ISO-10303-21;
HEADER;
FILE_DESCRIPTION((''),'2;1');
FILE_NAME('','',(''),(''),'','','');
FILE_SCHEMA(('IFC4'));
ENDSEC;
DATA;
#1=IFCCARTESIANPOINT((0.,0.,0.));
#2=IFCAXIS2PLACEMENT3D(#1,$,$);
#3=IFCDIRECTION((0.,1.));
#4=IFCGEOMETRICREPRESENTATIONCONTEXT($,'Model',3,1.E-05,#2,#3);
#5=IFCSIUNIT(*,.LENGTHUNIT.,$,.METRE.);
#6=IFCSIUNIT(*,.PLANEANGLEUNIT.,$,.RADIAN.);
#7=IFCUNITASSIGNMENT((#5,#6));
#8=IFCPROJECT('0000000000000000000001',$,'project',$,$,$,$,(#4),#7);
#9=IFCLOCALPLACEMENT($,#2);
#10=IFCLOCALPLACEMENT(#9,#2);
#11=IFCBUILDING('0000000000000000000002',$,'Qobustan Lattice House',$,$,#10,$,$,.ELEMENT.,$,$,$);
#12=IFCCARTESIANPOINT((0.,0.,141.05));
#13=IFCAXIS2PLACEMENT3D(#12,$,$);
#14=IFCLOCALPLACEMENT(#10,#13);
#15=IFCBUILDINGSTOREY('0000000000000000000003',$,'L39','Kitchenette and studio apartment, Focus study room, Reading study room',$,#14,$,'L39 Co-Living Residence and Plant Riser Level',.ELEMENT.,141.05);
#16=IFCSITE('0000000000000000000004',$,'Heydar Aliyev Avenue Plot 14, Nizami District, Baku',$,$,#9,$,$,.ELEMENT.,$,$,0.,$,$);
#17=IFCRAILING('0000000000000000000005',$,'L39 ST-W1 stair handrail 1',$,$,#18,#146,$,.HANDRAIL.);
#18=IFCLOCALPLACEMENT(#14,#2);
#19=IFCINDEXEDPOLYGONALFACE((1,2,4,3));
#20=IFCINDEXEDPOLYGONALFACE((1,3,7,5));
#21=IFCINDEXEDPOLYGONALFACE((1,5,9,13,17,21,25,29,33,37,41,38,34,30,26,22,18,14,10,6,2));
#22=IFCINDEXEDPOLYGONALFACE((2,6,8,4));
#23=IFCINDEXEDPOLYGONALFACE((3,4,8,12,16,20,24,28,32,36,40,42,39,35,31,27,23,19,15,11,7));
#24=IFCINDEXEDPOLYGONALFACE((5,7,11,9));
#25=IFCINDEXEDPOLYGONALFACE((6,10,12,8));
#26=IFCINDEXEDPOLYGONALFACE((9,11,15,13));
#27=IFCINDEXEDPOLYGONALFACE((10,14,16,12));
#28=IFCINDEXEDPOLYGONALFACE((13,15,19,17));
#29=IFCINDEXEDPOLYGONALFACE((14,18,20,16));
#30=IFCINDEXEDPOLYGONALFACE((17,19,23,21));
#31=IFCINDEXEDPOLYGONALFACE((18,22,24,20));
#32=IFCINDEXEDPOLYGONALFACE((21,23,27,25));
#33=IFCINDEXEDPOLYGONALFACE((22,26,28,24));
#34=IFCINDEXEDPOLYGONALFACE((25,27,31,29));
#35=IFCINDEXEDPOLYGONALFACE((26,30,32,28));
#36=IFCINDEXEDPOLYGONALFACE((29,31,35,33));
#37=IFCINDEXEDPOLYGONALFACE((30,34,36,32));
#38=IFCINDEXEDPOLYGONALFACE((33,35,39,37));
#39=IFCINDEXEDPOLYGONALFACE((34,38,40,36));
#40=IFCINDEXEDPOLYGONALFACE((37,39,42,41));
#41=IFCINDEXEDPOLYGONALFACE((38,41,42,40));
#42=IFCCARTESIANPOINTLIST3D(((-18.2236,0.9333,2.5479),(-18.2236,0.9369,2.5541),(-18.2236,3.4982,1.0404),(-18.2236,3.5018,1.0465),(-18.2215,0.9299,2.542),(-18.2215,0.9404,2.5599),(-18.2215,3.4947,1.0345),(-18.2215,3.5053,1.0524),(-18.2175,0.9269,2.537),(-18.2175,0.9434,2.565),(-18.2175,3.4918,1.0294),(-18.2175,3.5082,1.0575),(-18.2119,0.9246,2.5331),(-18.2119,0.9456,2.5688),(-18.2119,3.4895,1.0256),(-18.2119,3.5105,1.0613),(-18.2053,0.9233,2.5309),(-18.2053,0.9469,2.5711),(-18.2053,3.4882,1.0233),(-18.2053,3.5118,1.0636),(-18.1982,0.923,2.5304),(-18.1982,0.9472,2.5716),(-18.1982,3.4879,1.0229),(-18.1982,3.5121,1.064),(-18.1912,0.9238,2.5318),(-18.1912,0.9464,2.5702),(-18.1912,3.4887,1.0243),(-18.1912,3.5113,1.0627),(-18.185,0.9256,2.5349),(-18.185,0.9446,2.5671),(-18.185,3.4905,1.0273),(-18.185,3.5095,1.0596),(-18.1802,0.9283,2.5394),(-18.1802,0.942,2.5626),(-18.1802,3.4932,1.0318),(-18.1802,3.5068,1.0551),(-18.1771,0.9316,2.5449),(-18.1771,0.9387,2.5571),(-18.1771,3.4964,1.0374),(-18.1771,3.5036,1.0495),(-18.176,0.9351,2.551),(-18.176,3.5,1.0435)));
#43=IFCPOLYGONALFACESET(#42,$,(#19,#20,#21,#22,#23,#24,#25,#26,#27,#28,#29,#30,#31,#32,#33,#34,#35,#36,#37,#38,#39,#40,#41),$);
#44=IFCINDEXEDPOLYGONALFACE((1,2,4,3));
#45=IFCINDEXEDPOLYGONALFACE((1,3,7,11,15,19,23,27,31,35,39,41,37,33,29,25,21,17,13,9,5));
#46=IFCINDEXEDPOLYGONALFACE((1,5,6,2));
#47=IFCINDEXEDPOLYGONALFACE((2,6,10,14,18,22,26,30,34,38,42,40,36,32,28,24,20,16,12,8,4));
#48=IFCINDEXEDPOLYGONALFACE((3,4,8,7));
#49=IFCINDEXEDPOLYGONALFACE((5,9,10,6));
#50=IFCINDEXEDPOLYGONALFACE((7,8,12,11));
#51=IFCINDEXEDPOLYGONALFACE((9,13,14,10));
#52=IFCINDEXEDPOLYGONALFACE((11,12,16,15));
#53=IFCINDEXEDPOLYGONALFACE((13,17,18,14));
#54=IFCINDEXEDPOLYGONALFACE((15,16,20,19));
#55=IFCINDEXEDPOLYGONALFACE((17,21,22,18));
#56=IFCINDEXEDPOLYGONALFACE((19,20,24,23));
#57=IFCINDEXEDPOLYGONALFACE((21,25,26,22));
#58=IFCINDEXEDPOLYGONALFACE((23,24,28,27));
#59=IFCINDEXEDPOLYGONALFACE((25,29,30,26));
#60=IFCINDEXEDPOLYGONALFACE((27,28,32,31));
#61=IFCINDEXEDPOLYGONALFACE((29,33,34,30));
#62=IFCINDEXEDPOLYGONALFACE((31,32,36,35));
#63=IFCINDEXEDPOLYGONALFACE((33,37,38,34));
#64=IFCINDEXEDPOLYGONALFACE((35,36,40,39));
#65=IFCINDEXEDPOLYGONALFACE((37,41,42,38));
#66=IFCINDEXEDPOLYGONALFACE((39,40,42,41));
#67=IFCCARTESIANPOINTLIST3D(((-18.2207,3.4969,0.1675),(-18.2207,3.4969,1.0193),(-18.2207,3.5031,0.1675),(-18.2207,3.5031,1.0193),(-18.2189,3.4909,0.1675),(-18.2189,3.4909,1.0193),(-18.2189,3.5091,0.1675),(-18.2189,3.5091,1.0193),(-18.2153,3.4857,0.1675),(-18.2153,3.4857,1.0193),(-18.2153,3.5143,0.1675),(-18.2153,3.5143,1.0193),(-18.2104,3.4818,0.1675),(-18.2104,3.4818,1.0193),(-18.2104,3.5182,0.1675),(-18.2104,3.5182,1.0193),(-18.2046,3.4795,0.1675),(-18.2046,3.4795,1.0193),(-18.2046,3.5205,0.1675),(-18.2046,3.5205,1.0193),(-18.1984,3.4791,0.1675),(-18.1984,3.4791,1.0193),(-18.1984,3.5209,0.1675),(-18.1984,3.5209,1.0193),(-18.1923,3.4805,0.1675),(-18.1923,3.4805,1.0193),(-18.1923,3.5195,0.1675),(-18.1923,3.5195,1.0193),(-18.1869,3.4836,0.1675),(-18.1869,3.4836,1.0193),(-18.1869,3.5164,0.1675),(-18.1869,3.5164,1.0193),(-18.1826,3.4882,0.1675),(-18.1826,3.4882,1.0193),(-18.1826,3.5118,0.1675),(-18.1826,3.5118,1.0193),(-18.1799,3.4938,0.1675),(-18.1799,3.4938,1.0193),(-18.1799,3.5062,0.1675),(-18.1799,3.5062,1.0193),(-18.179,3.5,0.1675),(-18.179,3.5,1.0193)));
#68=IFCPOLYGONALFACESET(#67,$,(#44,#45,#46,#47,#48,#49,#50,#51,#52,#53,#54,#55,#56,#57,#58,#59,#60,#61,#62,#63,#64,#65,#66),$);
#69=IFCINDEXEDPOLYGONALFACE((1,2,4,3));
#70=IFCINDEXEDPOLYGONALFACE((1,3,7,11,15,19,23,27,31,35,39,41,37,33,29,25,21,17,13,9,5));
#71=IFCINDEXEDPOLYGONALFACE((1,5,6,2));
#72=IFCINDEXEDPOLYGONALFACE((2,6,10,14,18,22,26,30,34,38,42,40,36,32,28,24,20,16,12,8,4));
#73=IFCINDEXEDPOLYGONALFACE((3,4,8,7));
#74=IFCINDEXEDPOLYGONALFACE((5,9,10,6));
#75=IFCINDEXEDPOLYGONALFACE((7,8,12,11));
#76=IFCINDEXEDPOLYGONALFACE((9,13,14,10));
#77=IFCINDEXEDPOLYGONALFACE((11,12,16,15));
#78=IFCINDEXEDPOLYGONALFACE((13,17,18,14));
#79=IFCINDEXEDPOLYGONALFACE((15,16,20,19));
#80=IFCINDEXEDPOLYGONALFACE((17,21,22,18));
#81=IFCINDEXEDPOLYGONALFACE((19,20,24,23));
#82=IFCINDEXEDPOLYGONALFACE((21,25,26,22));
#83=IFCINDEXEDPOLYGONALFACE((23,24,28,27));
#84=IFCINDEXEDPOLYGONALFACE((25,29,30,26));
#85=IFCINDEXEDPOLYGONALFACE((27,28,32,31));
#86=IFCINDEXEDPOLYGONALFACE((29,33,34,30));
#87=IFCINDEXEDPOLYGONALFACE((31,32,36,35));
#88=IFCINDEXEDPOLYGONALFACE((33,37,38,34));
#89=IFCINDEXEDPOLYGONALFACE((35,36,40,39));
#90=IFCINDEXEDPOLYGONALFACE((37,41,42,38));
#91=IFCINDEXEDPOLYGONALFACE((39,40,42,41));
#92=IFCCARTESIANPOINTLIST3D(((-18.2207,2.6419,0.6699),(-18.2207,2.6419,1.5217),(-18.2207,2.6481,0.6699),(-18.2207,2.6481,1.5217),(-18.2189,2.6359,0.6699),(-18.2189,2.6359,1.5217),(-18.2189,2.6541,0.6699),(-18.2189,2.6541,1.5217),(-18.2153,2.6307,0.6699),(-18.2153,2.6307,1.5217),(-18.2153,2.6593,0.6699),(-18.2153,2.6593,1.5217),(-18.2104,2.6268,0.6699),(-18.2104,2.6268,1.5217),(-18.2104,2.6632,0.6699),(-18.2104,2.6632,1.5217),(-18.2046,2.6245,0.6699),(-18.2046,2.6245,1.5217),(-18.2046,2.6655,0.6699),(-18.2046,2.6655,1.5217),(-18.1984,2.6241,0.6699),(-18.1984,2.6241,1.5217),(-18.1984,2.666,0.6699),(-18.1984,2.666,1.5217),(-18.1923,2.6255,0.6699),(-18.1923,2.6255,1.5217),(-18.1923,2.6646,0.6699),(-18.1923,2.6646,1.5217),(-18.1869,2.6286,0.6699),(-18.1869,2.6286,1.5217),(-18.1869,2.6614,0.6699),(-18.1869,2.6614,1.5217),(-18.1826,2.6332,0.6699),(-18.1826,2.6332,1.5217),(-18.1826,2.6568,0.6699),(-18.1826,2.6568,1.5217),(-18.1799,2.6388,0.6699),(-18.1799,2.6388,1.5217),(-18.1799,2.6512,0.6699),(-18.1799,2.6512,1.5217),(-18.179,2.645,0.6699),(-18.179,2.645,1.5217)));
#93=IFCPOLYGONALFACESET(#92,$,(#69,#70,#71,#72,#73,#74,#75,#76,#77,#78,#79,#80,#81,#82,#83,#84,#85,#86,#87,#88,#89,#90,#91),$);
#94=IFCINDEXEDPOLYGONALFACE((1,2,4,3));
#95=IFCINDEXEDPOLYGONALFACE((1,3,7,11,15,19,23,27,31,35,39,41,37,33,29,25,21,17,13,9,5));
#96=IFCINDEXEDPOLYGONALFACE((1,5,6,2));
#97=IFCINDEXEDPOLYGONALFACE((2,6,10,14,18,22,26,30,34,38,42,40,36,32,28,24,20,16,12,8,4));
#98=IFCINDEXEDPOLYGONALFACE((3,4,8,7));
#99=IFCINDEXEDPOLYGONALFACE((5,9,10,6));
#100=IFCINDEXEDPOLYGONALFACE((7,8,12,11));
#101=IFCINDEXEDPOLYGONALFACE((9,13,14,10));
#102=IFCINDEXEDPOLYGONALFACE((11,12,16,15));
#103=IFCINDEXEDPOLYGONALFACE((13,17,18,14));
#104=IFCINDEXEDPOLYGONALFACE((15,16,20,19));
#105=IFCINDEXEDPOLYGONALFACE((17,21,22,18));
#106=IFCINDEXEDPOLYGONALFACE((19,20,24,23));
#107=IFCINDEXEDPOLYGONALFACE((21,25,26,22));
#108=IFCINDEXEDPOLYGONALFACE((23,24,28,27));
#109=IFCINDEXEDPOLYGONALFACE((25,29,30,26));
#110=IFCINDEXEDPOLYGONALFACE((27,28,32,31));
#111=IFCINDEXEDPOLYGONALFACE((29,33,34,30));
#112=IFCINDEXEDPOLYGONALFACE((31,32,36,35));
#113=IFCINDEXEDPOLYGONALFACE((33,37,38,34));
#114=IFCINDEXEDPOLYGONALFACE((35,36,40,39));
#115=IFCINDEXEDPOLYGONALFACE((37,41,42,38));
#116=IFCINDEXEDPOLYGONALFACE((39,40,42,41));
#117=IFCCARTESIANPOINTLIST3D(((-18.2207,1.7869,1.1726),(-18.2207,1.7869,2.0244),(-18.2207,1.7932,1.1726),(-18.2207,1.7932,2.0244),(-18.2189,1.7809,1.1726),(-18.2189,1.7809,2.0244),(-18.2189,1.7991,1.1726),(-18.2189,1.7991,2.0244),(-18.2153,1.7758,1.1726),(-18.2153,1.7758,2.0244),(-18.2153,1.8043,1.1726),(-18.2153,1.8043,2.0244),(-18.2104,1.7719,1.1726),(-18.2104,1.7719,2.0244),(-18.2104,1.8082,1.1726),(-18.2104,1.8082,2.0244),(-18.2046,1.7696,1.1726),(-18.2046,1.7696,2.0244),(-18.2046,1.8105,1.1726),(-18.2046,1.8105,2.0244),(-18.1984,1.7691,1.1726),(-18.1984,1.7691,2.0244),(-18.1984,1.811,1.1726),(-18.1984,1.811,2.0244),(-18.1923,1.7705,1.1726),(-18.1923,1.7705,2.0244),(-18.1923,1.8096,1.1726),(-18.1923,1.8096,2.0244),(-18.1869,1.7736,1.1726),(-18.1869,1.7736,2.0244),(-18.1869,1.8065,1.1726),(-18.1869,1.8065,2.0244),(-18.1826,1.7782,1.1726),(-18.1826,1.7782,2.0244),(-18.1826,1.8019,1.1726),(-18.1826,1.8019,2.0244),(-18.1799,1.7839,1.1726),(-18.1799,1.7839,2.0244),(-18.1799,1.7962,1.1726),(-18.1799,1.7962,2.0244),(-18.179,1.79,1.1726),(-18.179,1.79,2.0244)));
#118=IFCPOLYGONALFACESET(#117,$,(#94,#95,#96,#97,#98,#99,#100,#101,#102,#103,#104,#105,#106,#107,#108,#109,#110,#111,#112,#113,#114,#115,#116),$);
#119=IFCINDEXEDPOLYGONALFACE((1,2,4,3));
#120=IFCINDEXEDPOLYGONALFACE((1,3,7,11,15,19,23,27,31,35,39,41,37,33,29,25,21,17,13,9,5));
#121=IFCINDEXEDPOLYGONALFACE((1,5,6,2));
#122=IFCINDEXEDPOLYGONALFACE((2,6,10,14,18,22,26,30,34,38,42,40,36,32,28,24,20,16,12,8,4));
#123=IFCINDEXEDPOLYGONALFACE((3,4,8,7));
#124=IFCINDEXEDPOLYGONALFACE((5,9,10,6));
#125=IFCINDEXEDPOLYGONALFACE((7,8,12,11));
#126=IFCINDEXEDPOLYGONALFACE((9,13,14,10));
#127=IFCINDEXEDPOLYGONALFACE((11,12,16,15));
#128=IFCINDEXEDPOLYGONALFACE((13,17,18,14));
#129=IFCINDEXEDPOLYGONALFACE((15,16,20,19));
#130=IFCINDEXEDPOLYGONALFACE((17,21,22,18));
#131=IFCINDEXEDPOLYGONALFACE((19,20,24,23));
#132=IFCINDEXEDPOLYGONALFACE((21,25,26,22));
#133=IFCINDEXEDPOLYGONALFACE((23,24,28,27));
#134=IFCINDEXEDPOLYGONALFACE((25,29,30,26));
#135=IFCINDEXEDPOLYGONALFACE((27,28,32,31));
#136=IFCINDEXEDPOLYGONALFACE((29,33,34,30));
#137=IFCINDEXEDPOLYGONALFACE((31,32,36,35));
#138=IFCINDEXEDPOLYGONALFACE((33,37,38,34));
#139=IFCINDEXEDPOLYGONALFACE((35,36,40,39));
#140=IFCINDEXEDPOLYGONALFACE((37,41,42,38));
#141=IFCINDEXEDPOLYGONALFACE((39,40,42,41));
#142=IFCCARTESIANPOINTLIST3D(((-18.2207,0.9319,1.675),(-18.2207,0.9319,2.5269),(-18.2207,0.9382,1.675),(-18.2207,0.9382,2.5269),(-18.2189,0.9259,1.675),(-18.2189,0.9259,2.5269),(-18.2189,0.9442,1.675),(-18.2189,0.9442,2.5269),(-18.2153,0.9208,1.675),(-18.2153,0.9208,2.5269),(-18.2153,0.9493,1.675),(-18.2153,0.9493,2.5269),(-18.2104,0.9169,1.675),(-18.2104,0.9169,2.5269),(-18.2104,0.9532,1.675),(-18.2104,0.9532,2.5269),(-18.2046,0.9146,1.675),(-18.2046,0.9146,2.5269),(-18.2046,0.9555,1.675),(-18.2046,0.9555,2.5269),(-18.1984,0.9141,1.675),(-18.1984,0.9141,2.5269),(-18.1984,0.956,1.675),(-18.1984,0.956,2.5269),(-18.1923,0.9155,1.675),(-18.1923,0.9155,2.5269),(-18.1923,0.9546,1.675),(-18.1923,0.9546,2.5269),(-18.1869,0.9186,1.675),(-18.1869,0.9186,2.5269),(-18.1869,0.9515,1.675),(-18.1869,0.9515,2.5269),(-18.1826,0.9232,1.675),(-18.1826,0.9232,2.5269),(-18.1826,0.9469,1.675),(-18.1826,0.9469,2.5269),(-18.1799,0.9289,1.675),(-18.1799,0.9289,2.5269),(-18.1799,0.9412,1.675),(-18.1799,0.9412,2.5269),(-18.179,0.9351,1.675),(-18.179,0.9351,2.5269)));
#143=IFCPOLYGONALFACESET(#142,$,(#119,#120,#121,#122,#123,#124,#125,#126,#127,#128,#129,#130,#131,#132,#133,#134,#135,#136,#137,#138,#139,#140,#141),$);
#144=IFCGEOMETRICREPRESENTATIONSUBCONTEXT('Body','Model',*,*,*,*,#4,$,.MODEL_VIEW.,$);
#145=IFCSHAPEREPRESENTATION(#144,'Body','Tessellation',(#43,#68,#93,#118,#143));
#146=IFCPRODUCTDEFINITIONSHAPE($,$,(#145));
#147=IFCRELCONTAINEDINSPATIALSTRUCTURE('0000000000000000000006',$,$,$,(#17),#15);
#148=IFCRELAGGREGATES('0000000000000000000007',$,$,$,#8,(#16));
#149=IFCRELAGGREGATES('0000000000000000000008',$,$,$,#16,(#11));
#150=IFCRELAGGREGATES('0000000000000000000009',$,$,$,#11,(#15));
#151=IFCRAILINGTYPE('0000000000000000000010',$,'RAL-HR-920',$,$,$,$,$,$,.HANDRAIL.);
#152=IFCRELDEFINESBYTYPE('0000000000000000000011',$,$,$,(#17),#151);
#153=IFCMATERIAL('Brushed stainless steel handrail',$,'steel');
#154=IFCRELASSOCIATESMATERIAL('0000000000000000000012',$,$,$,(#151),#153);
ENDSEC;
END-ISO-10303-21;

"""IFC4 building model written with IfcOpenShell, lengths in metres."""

from ifc_helpers import new_model, si_unit, direction, frame, origin, origin_2d, place, context, subcontext, project, spatial, circle, extrude, material, type_object, element, save


model = new_model("IFC4")

# Units and contexts
model_context = context("Model", 3, precision=1e-05, world=origin(), true_north=direction((0.0, 1.0)))
body_context = subcontext(model_context, "Body", "Model", "MODEL_VIEW")
ifc_project = project(units=[si_unit("LENGTHUNIT", "METRE"), si_unit("PLANEANGLEUNIT", "RADIAN")], contexts=[model_context])

# Site, building, storey
site_placement = place(None, origin())
site = spatial("IfcSite", under=ifc_project, at=site_placement, Name="Heydar Aliyev Avenue Plot 14, Nizami District, Baku", CompositionType="ELEMENT", RefElevation=0.0)
building_placement = place(site_placement, origin())
building = spatial("IfcBuilding", under=site, at=building_placement, Name="Qobustan Lattice House", CompositionType="ELEMENT")
storey_placement = place(building_placement, frame((0.0, 0.0, 141.05)))
storey = spatial("IfcBuildingStorey", under=building, at=storey_placement, Name="L39", Description="Kitchenette and studio apartment, Focus study room, Reading study room", LongName="L39 Co-Living Residence and Plant Riser Level", CompositionType="ELEMENT", Elevation=141.05)

# Railing
ifc_material_1 = material(Name="Brushed stainless steel handrail", Category="steel")
railing_type_1 = type_object("IfcRailingType", Name="RAL-HR-920", PredefinedType="HANDRAIL", material=ifc_material_1)
railing_1_placement = place(storey_placement, frame((-18.2, 3.5, 0.1675)))
element("IfcRailing", 1, at=railing_1_placement, inside=storey, type_object=railing_type_1, Name="L39 ST-W1 stair handrail 1", PredefinedType="HANDRAIL", context=body_context, shape_type="SweptSolid", body=[
    extrude(circle(Radius=0.0239, at=origin_2d()), frame((0.0, 0.0, 0.876), z_axis=(0.0, -0.862113, 0.506715), x_axis=(1.0, 0.0, 0.0)), (0.0, 0.0, 1.0), 2.9751),
    extrude(circle(Radius=0.021, at=origin_2d()), origin(), (0.0, 0.0, 1.0), 0.8518),
    extrude(circle(Radius=0.021, at=origin_2d()), frame((0.0, -0.855, 0.5024)), (0.0, 0.0, 1.0), 0.8518),
    extrude(circle(Radius=0.021, at=origin_2d()), frame((0.0, -1.71, 1.0051)), (0.0, 0.0, 1.0), 0.8518),
    extrude(circle(Radius=0.021, at=origin_2d()), frame((0.0, -2.5649, 1.5076)), (0.0, 0.0, 1.0), 0.8518),
])

save(model, "model.ifc")
